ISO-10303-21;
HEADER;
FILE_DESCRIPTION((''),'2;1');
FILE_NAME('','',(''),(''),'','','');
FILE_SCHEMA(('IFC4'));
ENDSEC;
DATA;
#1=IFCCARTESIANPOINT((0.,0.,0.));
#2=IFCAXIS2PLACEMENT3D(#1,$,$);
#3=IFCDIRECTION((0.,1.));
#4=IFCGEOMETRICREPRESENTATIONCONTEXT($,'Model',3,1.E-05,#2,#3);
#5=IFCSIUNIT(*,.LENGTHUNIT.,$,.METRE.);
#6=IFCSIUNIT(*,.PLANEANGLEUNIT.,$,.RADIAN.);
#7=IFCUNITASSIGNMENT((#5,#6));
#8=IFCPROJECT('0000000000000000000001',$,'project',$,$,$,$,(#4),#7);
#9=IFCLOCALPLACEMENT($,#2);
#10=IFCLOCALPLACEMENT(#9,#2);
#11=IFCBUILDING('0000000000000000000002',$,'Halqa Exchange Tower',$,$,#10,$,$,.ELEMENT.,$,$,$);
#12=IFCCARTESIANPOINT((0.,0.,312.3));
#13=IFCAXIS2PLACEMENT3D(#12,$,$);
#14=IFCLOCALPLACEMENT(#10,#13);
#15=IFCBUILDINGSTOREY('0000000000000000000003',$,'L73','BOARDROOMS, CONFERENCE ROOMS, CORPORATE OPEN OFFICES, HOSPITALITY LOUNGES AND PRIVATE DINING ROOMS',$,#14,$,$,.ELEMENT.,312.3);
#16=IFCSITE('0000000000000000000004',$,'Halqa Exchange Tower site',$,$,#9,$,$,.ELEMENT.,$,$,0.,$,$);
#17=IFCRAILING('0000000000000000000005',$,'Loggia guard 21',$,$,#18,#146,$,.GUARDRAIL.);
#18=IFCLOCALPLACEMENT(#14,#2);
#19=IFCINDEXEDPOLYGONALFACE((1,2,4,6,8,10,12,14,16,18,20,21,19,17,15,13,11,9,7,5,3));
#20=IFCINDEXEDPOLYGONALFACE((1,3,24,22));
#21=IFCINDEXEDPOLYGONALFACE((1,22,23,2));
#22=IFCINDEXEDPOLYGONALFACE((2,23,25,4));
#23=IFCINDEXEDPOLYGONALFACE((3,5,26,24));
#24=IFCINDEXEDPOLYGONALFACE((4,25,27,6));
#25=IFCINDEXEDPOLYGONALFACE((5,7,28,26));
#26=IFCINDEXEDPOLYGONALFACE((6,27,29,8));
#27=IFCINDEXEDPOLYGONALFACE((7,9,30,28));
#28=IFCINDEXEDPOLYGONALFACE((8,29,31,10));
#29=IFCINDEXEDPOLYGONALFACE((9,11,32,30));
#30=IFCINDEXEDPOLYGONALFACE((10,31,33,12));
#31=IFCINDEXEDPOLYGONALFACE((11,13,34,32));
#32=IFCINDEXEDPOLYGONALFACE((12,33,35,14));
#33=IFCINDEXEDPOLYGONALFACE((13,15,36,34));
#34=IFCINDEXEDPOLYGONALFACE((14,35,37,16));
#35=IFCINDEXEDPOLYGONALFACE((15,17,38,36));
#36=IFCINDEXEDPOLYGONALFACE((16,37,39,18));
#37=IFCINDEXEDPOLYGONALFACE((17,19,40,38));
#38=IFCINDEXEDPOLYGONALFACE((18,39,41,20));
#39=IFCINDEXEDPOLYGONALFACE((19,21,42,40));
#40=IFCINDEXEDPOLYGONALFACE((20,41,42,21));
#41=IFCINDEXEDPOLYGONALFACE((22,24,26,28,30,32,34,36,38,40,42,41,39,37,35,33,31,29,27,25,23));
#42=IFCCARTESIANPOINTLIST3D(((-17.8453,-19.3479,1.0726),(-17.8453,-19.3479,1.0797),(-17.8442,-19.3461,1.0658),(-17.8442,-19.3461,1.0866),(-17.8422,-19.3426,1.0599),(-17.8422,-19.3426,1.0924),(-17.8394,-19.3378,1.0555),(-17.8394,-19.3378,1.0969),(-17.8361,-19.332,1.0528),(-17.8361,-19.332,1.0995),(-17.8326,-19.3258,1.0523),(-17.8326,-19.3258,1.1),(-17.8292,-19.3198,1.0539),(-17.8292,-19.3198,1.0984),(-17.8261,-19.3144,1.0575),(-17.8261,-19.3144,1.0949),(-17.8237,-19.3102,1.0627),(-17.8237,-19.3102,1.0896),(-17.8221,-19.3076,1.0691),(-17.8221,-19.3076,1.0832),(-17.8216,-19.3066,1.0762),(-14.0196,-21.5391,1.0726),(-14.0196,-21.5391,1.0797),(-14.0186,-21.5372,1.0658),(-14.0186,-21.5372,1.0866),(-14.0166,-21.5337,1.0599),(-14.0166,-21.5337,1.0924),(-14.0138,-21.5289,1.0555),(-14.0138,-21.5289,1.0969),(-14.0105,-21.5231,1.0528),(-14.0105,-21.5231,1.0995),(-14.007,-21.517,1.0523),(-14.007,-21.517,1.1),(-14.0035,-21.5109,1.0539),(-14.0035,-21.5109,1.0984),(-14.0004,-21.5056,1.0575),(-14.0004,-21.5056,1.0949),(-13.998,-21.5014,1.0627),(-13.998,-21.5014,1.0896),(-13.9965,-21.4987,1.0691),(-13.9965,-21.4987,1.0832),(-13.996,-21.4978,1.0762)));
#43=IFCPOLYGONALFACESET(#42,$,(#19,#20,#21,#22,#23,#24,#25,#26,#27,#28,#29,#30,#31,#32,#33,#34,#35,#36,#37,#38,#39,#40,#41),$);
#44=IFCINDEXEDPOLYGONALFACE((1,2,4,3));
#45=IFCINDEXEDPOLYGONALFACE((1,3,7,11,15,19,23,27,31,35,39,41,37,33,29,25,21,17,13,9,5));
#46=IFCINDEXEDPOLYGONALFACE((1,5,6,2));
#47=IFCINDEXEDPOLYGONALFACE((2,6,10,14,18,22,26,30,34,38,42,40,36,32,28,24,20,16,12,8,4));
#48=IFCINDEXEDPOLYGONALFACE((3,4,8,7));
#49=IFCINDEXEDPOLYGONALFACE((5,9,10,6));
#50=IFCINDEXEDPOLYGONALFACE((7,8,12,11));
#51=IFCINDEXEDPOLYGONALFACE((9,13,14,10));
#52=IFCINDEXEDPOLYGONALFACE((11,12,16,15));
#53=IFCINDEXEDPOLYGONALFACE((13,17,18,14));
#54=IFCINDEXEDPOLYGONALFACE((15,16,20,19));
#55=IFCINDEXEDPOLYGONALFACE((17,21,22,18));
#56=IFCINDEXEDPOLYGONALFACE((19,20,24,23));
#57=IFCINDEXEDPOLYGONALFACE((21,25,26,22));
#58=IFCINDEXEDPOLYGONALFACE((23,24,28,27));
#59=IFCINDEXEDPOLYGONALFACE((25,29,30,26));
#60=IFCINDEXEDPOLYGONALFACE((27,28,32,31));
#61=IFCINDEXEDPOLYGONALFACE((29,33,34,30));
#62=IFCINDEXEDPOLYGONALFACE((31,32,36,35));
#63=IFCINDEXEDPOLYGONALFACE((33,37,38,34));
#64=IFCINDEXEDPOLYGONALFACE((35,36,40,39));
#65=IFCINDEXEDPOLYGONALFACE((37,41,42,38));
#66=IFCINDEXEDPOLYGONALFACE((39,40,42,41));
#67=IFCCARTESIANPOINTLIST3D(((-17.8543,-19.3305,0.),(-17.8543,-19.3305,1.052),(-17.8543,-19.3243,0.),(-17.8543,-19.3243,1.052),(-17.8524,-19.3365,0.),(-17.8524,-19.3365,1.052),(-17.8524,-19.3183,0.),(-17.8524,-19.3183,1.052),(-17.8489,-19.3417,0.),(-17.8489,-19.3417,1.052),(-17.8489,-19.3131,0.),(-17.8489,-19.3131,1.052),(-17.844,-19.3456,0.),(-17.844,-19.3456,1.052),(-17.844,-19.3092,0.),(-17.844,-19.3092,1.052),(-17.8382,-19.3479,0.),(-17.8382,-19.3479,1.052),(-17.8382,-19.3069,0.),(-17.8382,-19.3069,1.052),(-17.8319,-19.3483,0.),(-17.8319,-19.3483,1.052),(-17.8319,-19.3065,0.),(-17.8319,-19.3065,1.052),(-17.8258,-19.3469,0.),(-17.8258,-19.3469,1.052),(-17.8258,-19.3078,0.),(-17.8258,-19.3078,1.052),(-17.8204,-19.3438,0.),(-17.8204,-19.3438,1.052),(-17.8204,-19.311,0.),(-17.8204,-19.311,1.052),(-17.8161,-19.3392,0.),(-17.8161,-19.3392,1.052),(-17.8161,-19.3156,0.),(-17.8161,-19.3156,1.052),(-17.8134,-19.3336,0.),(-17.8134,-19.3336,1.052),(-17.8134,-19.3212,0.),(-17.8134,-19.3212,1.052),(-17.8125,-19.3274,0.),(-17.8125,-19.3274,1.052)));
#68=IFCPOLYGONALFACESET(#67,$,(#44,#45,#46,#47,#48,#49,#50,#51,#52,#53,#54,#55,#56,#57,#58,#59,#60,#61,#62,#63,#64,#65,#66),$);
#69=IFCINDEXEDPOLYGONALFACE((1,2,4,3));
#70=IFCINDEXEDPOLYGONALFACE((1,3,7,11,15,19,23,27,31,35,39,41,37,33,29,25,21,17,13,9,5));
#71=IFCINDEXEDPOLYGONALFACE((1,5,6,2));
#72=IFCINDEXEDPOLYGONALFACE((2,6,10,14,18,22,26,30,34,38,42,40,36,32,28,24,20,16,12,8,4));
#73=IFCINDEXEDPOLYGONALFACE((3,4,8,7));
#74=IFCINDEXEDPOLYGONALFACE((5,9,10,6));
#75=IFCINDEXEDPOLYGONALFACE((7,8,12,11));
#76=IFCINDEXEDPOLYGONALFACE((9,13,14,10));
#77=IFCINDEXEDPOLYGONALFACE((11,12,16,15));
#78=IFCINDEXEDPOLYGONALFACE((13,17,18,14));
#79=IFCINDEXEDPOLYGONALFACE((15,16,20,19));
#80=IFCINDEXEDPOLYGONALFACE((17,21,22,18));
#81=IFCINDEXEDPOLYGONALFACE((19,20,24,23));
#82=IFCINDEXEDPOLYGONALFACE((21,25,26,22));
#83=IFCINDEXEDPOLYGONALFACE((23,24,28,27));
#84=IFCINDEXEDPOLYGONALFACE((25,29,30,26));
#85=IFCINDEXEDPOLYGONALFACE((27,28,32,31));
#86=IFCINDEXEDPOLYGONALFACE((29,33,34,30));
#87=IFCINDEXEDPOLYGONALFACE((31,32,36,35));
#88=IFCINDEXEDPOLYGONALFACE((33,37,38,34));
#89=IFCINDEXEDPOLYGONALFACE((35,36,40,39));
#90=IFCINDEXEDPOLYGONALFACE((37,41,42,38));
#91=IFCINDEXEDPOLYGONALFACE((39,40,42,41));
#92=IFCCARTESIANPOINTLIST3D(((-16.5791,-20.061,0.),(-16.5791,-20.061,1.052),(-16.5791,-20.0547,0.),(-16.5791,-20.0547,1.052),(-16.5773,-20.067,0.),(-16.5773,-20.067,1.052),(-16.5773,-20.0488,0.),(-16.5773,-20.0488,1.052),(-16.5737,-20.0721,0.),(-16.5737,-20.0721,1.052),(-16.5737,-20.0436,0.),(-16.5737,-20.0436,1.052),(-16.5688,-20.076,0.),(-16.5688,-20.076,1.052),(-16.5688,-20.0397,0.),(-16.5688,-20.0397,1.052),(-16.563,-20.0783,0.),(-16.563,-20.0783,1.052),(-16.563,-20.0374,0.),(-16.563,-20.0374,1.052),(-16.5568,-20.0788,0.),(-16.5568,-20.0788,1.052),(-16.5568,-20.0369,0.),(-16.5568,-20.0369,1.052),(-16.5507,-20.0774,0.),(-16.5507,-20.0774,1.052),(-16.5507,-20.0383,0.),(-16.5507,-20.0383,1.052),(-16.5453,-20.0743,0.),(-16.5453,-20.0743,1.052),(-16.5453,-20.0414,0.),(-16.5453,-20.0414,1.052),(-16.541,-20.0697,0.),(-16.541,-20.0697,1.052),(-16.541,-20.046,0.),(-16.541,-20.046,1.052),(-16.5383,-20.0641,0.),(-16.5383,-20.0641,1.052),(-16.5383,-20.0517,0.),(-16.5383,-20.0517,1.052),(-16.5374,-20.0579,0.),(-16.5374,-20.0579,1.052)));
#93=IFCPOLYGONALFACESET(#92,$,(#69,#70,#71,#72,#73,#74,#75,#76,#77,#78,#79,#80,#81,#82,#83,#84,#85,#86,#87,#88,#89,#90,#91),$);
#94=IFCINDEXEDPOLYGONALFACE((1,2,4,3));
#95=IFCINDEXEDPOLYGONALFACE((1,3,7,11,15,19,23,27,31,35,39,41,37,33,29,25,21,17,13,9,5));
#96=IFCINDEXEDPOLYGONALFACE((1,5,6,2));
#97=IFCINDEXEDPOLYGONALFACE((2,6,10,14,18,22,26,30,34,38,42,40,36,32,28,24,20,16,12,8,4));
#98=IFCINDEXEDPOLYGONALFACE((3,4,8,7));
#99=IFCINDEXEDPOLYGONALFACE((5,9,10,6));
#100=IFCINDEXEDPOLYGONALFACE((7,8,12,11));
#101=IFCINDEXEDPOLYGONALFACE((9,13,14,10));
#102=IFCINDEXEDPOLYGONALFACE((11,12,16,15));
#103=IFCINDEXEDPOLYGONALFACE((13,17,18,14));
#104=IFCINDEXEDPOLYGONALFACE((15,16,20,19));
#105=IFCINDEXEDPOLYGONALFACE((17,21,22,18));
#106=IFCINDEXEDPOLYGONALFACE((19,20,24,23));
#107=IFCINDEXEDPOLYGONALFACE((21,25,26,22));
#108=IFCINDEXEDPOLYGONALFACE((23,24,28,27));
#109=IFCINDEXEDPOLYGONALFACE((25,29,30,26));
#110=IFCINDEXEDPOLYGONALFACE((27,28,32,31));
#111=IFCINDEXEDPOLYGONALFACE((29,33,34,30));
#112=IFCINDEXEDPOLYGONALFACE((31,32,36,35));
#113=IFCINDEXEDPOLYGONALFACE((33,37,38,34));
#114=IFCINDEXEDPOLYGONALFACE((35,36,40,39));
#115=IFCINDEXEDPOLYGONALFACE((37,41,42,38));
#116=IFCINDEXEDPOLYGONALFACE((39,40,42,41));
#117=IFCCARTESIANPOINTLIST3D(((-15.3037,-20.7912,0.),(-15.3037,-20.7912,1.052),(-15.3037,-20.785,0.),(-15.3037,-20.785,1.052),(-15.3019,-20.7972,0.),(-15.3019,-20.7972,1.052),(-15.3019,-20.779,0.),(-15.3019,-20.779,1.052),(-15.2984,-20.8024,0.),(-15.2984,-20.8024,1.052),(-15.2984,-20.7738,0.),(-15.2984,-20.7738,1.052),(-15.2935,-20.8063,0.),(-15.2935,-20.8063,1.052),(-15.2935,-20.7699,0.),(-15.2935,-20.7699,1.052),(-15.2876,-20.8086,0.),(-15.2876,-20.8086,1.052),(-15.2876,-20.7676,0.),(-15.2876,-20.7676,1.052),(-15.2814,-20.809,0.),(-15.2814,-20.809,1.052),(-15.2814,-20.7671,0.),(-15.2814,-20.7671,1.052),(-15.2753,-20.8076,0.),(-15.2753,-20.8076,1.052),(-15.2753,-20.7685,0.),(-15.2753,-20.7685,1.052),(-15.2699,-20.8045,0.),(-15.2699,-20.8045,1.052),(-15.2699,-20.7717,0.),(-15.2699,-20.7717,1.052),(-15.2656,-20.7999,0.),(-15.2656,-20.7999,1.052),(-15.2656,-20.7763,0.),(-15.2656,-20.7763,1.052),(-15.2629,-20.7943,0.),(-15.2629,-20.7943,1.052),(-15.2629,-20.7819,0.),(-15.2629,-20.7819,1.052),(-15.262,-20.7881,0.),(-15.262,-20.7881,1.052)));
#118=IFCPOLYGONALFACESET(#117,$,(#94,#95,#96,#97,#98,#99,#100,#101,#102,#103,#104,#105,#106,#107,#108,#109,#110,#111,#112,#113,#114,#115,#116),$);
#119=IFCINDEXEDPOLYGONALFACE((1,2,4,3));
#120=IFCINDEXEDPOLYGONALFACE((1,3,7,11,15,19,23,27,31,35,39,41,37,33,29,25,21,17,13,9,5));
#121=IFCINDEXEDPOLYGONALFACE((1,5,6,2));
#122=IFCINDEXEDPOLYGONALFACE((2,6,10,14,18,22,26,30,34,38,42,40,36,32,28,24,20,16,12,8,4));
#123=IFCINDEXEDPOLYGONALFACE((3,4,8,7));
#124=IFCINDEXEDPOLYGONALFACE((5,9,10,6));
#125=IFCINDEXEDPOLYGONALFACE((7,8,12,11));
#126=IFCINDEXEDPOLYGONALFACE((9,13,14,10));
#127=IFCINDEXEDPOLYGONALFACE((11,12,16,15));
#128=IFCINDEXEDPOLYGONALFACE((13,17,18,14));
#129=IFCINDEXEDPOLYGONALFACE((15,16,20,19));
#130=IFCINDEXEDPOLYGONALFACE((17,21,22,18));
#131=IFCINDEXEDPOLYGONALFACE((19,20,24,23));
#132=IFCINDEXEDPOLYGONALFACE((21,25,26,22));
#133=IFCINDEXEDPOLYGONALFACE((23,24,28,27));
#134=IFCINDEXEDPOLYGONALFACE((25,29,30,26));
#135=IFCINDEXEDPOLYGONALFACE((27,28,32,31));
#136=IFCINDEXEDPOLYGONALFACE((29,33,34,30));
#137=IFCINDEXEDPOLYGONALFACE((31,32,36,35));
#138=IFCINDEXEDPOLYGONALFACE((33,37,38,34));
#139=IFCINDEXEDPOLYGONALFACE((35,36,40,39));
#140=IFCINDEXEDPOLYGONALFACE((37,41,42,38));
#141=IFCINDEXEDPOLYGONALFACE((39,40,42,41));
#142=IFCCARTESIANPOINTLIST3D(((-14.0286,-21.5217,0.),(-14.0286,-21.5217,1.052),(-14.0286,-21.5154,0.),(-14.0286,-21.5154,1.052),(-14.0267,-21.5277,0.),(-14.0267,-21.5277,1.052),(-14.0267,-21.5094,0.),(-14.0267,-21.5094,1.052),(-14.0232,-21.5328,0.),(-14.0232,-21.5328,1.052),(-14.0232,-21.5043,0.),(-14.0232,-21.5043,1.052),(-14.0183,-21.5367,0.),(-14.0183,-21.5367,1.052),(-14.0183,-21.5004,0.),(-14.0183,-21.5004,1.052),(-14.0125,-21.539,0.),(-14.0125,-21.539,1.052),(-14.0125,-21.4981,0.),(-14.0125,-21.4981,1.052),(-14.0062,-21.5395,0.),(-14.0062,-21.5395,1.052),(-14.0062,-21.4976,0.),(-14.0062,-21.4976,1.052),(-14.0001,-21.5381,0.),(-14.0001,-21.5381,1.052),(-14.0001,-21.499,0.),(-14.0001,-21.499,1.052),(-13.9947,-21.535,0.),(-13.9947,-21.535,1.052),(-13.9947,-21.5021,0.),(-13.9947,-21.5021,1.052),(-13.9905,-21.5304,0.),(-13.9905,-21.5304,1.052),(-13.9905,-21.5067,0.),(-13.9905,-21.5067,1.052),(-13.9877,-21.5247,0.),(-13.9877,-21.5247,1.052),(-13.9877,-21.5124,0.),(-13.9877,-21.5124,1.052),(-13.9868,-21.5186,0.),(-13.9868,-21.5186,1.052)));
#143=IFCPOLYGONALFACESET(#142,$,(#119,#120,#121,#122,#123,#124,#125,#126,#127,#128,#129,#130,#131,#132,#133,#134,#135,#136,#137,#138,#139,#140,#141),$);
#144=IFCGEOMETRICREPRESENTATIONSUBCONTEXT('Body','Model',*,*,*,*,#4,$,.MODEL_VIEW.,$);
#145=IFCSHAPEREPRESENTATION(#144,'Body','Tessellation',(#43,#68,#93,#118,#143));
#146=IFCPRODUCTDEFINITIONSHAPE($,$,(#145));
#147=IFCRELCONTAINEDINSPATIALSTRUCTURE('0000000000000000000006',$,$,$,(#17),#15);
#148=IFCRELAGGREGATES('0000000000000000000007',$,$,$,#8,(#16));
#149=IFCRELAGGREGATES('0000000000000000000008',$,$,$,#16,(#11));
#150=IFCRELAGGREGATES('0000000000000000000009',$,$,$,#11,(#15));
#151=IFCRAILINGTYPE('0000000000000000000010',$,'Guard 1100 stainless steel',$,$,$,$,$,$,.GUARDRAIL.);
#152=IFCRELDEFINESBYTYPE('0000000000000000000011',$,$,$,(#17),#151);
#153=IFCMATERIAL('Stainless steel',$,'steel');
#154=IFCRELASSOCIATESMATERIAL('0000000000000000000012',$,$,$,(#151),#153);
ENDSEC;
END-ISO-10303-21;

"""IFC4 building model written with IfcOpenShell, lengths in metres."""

from ifc_helpers import new_model, si_unit, direction, frame, origin, origin_2d, place, context, subcontext, project, spatial, circle, extrude, material, type_object, element, save


model = new_model("IFC4")

# Units and contexts
model_context = context("Model", 3, precision=1e-05, world=origin(), true_north=direction((0.0, 1.0)))
body_context = subcontext(model_context, "Body", "Model", "MODEL_VIEW")
ifc_project = project(units=[si_unit("LENGTHUNIT", "METRE"), si_unit("PLANEANGLEUNIT", "RADIAN")], contexts=[model_context])

# Site, building, storey
site_placement = place(None, origin())
site = spatial("IfcSite", under=ifc_project, at=site_placement, Name="Halqa Exchange Tower site", CompositionType="ELEMENT", RefElevation=0.0)
building_placement = place(site_placement, origin())
building = spatial("IfcBuilding", under=site, at=building_placement, Name="Halqa Exchange Tower", CompositionType="ELEMENT")
storey_placement = place(building_placement, frame((0.0, 0.0, 312.3)))
storey = spatial("IfcBuildingStorey", under=building, at=storey_placement, Name="L73", Description="BOARDROOMS, CONFERENCE ROOMS, CORPORATE OPEN OFFICES, HOSPITALITY LOUNGES AND PRIVATE DINING ROOMS", CompositionType="ELEMENT", Elevation=312.3)

# Railing
ifc_material_1 = material(Name="Stainless steel", Category="steel")
railing_type = type_object("IfcRailingType", Name="Guard 1100 stainless steel", PredefinedType="GUARDRAIL", material=ifc_material_1)
railing_1_placement = place(storey_placement, frame((-17.8335, -19.3274, 0.0)))
element("IfcRailing", 1, at=railing_1_placement, inside=storey, type_object=railing_type, Name="Loggia guard 21", PredefinedType="GUARDRAIL", context=body_context, shape_type="SweptSolid", body=[
    extrude(circle(Radius=0.0239, at=origin_2d()), frame((0.0, 0.0, 1.0762), z_axis=(0.867749, -0.497003, 0.0), x_axis=(0.497003, 0.867749, 0.0)), (0.0, 0.0, 1.0), 4.4087),
    extrude(circle(Radius=0.021, at=origin_2d()), origin(), (0.0, 0.0, 1.0), 1.052),
    extrude(circle(Radius=0.021, at=origin_2d()), frame((1.2751, -0.7305, 0.0)), (0.0, 0.0, 1.0), 1.052),
    extrude(circle(Radius=0.021, at=origin_2d()), frame((2.5505, -1.4607, 0.0)), (0.0, 0.0, 1.0), 1.052),
    extrude(circle(Radius=0.021, at=origin_2d()), frame((3.8257, -2.1912, 0.0)), (0.0, 0.0, 1.0), 1.052),
])

save(model, "model.ifc")
